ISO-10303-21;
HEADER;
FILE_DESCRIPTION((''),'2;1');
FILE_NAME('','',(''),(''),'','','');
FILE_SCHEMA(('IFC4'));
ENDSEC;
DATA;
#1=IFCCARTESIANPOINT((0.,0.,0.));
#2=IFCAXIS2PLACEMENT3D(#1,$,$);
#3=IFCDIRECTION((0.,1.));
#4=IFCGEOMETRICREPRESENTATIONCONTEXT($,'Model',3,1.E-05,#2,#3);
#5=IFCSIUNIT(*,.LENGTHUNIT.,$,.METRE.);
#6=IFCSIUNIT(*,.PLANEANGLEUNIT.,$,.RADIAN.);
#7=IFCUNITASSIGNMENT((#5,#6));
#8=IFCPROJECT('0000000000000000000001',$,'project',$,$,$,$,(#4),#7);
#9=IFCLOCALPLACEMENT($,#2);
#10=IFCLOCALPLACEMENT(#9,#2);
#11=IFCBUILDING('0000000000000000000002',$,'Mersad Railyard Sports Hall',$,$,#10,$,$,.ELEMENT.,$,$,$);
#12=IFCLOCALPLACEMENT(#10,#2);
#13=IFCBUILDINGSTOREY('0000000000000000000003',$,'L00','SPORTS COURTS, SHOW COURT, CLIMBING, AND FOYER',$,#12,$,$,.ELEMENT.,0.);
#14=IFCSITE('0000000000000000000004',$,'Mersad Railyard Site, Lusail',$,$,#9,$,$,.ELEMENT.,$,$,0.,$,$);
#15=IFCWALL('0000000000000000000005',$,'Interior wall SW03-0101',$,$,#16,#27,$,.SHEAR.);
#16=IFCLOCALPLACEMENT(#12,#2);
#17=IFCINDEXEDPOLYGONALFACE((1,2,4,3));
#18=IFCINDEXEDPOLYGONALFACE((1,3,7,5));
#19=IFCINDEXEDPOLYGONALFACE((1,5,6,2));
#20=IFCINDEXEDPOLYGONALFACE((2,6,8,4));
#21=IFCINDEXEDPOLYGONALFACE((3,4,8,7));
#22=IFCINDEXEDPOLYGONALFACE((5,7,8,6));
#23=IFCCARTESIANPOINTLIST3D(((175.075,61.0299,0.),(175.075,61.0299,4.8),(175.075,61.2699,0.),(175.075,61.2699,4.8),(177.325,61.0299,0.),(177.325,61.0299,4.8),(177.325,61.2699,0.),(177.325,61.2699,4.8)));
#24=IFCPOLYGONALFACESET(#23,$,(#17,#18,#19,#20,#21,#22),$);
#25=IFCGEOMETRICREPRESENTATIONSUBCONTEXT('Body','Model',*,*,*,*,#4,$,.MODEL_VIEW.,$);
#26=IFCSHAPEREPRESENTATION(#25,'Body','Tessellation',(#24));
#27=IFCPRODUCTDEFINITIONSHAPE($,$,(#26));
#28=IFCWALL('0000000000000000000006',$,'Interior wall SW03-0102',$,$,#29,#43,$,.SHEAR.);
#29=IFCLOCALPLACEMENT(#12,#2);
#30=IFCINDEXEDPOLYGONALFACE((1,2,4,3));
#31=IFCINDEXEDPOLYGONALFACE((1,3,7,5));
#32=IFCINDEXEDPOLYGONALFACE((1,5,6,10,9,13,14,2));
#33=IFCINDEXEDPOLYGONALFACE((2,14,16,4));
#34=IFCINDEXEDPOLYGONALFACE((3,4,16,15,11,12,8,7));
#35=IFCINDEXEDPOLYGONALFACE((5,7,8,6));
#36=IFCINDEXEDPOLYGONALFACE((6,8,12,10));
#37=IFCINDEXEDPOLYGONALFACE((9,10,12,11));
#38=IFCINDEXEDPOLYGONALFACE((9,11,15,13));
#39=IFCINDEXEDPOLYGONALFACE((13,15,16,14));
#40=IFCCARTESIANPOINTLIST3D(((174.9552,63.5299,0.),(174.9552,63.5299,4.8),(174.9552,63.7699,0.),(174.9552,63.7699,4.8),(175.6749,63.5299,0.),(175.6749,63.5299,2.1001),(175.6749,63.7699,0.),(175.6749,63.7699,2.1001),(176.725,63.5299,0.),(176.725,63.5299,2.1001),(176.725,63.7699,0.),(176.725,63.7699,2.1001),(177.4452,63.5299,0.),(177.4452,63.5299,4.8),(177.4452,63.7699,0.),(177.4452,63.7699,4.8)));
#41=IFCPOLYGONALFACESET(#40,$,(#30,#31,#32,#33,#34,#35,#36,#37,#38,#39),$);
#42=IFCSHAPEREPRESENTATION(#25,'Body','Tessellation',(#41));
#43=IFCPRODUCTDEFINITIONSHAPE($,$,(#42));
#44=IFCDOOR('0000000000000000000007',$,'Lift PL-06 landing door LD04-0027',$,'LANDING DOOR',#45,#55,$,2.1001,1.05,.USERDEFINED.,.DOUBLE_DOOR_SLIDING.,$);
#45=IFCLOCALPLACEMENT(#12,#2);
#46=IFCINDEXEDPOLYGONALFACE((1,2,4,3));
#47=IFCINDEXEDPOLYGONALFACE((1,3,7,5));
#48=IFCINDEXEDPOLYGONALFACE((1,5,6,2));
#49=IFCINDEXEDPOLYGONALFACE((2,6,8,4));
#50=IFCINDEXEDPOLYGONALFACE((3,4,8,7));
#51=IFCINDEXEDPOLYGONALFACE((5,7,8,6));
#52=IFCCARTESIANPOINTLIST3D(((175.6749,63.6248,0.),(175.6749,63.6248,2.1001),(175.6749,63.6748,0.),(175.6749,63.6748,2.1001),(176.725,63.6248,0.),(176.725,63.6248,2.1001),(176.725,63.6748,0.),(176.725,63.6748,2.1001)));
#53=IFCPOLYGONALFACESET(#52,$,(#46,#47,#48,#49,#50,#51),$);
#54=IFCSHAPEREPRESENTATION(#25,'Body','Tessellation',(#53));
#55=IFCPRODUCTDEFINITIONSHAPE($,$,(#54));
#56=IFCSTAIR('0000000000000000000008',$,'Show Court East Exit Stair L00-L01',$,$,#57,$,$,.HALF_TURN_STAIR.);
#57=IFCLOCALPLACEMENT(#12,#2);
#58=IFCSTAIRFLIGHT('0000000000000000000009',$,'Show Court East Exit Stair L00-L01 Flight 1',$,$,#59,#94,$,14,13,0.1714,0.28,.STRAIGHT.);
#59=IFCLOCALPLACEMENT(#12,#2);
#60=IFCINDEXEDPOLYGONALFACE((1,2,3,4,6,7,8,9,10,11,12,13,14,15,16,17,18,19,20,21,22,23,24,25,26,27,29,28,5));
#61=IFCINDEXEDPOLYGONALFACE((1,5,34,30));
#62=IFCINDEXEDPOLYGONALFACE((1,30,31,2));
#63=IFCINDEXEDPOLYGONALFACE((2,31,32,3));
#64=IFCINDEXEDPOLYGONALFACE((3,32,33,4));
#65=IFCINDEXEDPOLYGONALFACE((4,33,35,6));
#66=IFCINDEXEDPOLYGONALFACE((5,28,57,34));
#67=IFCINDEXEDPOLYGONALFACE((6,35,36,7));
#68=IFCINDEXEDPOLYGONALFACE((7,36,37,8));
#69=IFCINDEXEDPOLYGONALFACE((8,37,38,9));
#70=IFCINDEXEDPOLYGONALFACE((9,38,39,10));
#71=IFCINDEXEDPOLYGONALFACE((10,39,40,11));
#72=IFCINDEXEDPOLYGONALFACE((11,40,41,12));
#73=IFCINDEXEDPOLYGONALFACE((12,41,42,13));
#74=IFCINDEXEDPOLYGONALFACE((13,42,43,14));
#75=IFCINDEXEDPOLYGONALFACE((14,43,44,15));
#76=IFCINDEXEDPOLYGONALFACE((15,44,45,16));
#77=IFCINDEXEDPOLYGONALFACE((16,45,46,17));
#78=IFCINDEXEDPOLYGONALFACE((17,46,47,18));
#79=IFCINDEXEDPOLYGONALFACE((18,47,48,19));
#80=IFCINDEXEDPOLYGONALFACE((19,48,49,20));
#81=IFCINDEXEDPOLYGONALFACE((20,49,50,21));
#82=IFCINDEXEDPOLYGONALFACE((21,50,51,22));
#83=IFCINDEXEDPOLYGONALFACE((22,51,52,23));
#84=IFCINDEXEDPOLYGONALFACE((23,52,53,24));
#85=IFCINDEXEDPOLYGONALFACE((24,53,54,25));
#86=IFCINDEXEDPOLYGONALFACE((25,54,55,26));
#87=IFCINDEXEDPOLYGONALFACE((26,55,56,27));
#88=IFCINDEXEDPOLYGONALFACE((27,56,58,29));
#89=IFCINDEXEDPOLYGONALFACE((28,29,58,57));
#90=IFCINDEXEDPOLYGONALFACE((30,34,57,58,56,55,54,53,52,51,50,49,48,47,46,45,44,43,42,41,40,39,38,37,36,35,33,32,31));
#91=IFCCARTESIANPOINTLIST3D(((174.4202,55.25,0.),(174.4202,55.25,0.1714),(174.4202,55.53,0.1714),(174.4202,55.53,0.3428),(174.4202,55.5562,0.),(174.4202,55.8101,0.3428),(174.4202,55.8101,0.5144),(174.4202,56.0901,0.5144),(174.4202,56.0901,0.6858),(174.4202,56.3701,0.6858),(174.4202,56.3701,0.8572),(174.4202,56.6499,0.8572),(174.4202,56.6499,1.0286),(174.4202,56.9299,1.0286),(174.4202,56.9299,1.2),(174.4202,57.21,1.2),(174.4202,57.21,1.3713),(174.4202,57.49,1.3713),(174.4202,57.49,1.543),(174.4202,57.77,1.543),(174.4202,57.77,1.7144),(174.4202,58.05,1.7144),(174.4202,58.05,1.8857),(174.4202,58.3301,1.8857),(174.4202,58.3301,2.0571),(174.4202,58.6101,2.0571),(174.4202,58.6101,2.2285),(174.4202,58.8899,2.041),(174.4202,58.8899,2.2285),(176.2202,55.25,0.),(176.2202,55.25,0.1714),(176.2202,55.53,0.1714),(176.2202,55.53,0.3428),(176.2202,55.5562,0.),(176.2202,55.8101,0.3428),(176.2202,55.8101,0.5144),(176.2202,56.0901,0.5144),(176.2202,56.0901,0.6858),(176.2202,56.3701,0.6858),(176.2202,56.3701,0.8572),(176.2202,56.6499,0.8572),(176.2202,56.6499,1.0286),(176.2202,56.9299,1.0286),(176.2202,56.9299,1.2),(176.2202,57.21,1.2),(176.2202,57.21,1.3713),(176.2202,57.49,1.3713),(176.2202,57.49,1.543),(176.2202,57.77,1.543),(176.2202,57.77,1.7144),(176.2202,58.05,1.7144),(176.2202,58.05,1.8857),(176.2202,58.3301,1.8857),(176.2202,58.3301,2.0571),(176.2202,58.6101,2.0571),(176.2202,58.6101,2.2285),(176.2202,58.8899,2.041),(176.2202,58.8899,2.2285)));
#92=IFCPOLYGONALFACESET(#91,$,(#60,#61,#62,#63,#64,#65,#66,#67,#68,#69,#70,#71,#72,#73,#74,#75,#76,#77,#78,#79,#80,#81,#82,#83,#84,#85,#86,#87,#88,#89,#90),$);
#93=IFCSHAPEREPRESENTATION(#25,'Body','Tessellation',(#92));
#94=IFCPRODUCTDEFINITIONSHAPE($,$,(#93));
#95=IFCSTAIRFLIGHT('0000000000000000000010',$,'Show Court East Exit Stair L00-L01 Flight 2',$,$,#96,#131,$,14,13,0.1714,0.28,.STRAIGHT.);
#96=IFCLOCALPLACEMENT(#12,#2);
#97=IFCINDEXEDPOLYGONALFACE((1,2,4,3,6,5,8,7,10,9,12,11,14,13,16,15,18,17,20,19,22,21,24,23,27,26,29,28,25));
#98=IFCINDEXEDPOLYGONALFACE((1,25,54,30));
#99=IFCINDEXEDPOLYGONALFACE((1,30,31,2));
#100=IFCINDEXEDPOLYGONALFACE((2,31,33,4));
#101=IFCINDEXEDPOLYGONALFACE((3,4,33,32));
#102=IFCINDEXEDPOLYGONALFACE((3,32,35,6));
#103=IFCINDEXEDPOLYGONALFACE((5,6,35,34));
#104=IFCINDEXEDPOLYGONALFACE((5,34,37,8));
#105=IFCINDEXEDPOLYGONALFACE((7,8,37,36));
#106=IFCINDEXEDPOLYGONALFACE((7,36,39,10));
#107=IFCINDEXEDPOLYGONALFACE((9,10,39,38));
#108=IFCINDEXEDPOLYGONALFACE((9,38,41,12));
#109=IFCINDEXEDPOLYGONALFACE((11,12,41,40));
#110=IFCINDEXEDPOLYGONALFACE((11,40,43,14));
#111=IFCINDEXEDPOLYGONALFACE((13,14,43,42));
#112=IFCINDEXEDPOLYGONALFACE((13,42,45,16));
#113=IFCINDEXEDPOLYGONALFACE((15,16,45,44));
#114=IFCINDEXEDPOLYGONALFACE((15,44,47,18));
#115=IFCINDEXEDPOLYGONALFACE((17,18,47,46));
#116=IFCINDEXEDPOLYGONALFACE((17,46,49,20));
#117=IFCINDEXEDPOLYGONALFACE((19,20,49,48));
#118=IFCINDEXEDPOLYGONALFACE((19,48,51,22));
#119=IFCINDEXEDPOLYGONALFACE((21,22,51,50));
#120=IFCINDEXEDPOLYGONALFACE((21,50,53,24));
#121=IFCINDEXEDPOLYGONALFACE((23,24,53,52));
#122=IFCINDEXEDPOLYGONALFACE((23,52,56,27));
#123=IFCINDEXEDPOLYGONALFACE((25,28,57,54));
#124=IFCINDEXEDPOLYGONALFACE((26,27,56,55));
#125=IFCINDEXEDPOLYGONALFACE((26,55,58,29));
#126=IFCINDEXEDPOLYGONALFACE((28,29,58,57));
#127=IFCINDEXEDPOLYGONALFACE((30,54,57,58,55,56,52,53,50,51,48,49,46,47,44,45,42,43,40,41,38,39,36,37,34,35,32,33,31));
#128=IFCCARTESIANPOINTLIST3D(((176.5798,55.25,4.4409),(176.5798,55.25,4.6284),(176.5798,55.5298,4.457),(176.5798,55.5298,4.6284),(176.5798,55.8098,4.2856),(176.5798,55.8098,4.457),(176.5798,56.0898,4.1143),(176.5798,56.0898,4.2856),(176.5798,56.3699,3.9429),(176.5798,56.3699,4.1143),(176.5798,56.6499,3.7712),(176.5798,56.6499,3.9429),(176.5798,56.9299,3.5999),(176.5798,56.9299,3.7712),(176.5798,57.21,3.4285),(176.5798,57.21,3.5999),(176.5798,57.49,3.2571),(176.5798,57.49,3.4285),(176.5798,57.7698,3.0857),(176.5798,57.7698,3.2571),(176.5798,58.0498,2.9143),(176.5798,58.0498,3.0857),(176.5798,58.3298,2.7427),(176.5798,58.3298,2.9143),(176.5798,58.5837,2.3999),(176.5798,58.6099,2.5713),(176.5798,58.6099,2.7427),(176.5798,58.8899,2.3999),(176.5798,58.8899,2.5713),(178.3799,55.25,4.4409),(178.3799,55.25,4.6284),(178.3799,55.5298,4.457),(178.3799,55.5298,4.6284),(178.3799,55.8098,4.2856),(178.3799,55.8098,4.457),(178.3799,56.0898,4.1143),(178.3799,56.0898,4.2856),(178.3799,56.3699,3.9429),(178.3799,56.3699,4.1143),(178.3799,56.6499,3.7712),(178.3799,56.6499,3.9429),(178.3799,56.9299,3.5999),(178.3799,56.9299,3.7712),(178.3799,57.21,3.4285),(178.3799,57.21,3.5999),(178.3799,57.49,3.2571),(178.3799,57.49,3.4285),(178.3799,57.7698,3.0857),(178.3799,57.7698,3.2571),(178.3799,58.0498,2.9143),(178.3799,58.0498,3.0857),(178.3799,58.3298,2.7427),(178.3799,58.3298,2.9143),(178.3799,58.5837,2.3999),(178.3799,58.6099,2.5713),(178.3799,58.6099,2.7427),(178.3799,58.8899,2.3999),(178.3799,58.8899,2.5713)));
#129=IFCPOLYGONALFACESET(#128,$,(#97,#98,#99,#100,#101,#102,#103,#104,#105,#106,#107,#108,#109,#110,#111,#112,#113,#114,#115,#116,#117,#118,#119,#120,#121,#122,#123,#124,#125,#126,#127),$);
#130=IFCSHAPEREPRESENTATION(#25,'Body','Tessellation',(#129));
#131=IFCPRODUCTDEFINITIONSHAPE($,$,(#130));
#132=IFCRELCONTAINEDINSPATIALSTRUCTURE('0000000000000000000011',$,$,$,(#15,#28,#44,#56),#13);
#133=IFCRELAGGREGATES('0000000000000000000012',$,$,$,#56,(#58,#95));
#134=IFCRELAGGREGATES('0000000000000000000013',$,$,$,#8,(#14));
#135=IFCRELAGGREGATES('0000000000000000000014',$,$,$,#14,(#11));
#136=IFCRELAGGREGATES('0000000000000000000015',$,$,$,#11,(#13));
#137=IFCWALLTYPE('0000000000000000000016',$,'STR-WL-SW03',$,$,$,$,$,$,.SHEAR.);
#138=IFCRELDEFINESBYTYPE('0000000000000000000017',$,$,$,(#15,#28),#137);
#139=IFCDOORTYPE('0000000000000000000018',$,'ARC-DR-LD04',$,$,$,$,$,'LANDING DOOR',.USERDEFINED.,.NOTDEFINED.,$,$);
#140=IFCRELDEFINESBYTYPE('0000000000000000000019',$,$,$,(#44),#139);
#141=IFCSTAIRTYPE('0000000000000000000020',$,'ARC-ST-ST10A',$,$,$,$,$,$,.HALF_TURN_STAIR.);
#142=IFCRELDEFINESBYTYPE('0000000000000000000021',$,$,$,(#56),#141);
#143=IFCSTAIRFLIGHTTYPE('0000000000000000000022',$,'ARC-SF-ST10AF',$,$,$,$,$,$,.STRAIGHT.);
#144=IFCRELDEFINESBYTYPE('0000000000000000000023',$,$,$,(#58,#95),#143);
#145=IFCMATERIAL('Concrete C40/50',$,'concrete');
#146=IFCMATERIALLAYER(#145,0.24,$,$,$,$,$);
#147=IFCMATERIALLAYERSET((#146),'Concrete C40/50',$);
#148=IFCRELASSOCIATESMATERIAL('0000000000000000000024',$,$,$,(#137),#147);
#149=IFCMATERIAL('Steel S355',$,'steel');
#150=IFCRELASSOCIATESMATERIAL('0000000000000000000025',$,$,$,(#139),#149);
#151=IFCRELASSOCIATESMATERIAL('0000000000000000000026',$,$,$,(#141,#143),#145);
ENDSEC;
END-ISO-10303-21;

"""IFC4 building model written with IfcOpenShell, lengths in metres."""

from ifc_helpers import new_model, si_unit, direction, frame, frame_2d, origin, place, context, subcontext, project, spatial, polyline, rectangle, outline, extrude, material, layer, layer_set, type_object, element, fill, aggregate, save


model = new_model("IFC4")

# Units and contexts
model_context = context("Model", 3, precision=1e-05, world=origin(), true_north=direction((0.0, 1.0)))
body_context = subcontext(model_context, "Body", "Model", "MODEL_VIEW")
ifc_project = project(units=[si_unit("LENGTHUNIT", "METRE"), si_unit("PLANEANGLEUNIT", "RADIAN")], contexts=[model_context])

# Site, building, storey
site_placement = place(None, origin())
site = spatial("IfcSite", under=ifc_project, at=site_placement, Name="Mersad Railyard Site, Lusail", CompositionType="ELEMENT", RefElevation=0.0)
building_placement = place(site_placement, origin())
building = spatial("IfcBuilding", under=site, at=building_placement, Name="Mersad Railyard Sports Hall", CompositionType="ELEMENT")
storey_placement = place(building_placement, origin())
storey = spatial("IfcBuildingStorey", under=building, at=storey_placement, Name="L00", Description="SPORTS COURTS, SHOW COURT, CLIMBING, AND FOYER", CompositionType="ELEMENT", Elevation=0.0)

# Shared definitions
ifc_material_1 = material(Name="Concrete C40/50", Category="concrete")

# Wall
ifc_layer_1 = layer(ifc_material_1, 0.24)
ifc_layer_set_1 = layer_set([ifc_layer_1], Name="Concrete C40/50")
wall_type_1 = type_object("IfcWallType", Name="STR-WL-SW03", PredefinedType="SHEAR", material=ifc_layer_set_1)
wall_1_placement = place(storey_placement, frame((177.325, 61.1499, 0.0), z_axis=(0.0, 0.0, 1.0), x_axis=(-1.0, 0.0, 0.0)))
element("IfcWall", 1, at=wall_1_placement, inside=storey, type_object=wall_type_1, Name="Interior wall SW03-0101", PredefinedType="SHEAR", context=body_context, shape_type="SweptSolid", body=[
    extrude(rectangle(XDim=2.25, YDim=0.24, at=frame_2d((1.125, 0.0))), origin(), (0.0, 0.0, 1.0), 4.8),
])

# Wall, opening, door
wall_2_placement = place(storey_placement, frame((174.9551, 63.6499, 0.0), z_axis=(0.0, 0.0, 1.0), x_axis=(1.0, 0.0, 0.0)))
wall_2 = element("IfcWall", 2, at=wall_2_placement, inside=storey, type_object=wall_type_1, Name="Interior wall SW03-0102", PredefinedType="SHEAR", context=body_context, shape_type="SweptSolid", body=[
    extrude(rectangle(XDim=2.49, YDim=0.24, at=frame_2d((1.2451, 0.0))), origin(), (0.0, 0.0, 1.0), 4.8),
])
opening_1_placement = place(wall_2_placement, frame((0.72, 0.0, 0.0)))
opening_1 = element("IfcOpeningElement", 3, at=opening_1_placement, cuts=wall_2, PredefinedType="OPENING", context=body_context, shape_type="SweptSolid", body=[
    extrude(rectangle(XDim=1.05, YDim=2.1001, at=frame_2d((0.5249, 1.05))), frame((0.0, 0.1299, 0.0), z_axis=(0.0, -1.0, 0.0), x_axis=(1.0, 0.0, 0.0)), (0.0, 0.0, 1.0), 0.26),
])
ifc_material_2 = material(Name="Steel S355", Category="steel")
door_type_1 = type_object("IfcDoorType", Name="ARC-DR-LD04", ElementType="LANDING DOOR", OperationType="NOTDEFINED", PredefinedType="USERDEFINED", material=ifc_material_2)
door_1_placement = place(opening_1_placement, origin())
door_1 = element("IfcDoor", 4, at=door_1_placement, inside=storey, type_object=door_type_1, Name="Lift PL-06 landing door LD04-0027", ObjectType="LANDING DOOR", OperationType="DOUBLE_DOOR_SLIDING", OverallHeight=2.1001, OverallWidth=1.05, PredefinedType="USERDEFINED", context=body_context, shape_type="SweptSolid", body=[
    extrude(rectangle(XDim=1.05, YDim=2.1001, at=frame_2d((0.5249, 1.05))), frame((0.0, 0.0249, 0.0), z_axis=(0.0, -1.0, 0.0), x_axis=(1.0, 0.0, 0.0)), (0.0, 0.0, 1.0), 0.05),
])
fill(opening_1, door_1)

# Stair, stair flights
stair_type = type_object("IfcStairType", Name="ARC-ST-ST10A", PredefinedType="HALF_TURN_STAIR", material=ifc_material_1)
stair_placement = place(storey_placement, origin())
stair = element("IfcStair", 5, at=stair_placement, inside=storey, type_object=stair_type, Name="Show Court East Exit Stair L00-L01", PredefinedType="HALF_TURN_STAIR")
stair_flight_type = type_object("IfcStairFlightType", Name="ARC-SF-ST10AF", PredefinedType="STRAIGHT", material=ifc_material_1)
stair_flight_1_placement = place(storey_placement, frame((175.3201, 55.25, 0.0), z_axis=(0.0, 0.0, 1.0), x_axis=(0.0, 1.0, 0.0)))
stair_flight_1 = element("IfcStairFlight", 6, at=stair_flight_1_placement, type_object=stair_flight_type, Name="Show Court East Exit Stair L00-L01 Flight 1", NumberOfRisers=14, NumberOfTreads=13, PredefinedType="STRAIGHT", RiserHeight=0.1714, TreadLength=0.28, context=body_context, shape_type="SweptSolid", body=[
    extrude(outline(polyline([(0.0, 0.0), (0.0, 0.1714), (0.28, 0.1714), (0.28, 0.3428), (0.5601, 0.3428), (0.5601, 0.5144), (0.8401, 0.5144), (0.8401, 0.6858), (1.1201, 0.6858), (1.1201, 0.8572), (1.3999, 0.8572), (1.3999, 1.0286), (1.6799, 1.0286), (1.6799, 1.2), (1.96, 1.2), (1.96, 1.3713), (2.24, 1.3713), (2.24, 1.543), (2.52, 1.543), (2.52, 1.7144), (2.8, 1.7144), (2.8, 1.8857), (3.0801, 1.8857), (3.0801, 2.0571), (3.3601, 2.0571), (3.3601, 2.2285), (3.6399, 2.2285), (3.6399, 2.3999), (3.6399, 2.041), (0.3062, 0.0), (0.0, 0.0)])), frame((0.0, 0.8999, 0.0), z_axis=(0.0, -1.0, 0.0), x_axis=(1.0, 0.0, 0.0)), (0.0, 0.0, 1.0), 1.8),
])
stair_flight_2_placement = place(storey_placement, frame((177.48, 58.8899, 2.3999), z_axis=(0.0, 0.0, 1.0), x_axis=(0.0, -1.0, 0.0)))
stair_flight_2 = element("IfcStairFlight", 7, at=stair_flight_2_placement, type_object=stair_flight_type, Name="Show Court East Exit Stair L00-L01 Flight 2", NumberOfRisers=14, NumberOfTreads=13, PredefinedType="STRAIGHT", RiserHeight=0.1714, TreadLength=0.28, context=body_context, shape_type="SweptSolid", body=[
    extrude(outline(polyline([(0.0, 0.0), (0.0, 0.1714), (0.28, 0.1714), (0.28, 0.3428), (0.5601, 0.3428), (0.5601, 0.5144), (0.8401, 0.5144), (0.8401, 0.6858), (1.1201, 0.6858), (1.1201, 0.8572), (1.3999, 0.8572), (1.3999, 1.0286), (1.6799, 1.0286), (1.6799, 1.2), (1.96, 1.2), (1.96, 1.3713), (2.24, 1.3713), (2.24, 1.543), (2.52, 1.543), (2.52, 1.7144), (2.8, 1.7144), (2.8, 1.8857), (3.0801, 1.8857), (3.0801, 2.0571), (3.3601, 2.0571), (3.3601, 2.2285), (3.6399, 2.2285), (3.6399, 2.3999), (3.6399, 2.041), (0.3062, 0.0), (0.0, 0.0)])), frame((0.0, 0.8999, 0.0), z_axis=(0.0, -1.0, 0.0), x_axis=(1.0, 0.0, 0.0)), (0.0, 0.0, 1.0), 1.8),
])
aggregate(stair, [stair_flight_1, stair_flight_2])

save(model, "model.ifc")
